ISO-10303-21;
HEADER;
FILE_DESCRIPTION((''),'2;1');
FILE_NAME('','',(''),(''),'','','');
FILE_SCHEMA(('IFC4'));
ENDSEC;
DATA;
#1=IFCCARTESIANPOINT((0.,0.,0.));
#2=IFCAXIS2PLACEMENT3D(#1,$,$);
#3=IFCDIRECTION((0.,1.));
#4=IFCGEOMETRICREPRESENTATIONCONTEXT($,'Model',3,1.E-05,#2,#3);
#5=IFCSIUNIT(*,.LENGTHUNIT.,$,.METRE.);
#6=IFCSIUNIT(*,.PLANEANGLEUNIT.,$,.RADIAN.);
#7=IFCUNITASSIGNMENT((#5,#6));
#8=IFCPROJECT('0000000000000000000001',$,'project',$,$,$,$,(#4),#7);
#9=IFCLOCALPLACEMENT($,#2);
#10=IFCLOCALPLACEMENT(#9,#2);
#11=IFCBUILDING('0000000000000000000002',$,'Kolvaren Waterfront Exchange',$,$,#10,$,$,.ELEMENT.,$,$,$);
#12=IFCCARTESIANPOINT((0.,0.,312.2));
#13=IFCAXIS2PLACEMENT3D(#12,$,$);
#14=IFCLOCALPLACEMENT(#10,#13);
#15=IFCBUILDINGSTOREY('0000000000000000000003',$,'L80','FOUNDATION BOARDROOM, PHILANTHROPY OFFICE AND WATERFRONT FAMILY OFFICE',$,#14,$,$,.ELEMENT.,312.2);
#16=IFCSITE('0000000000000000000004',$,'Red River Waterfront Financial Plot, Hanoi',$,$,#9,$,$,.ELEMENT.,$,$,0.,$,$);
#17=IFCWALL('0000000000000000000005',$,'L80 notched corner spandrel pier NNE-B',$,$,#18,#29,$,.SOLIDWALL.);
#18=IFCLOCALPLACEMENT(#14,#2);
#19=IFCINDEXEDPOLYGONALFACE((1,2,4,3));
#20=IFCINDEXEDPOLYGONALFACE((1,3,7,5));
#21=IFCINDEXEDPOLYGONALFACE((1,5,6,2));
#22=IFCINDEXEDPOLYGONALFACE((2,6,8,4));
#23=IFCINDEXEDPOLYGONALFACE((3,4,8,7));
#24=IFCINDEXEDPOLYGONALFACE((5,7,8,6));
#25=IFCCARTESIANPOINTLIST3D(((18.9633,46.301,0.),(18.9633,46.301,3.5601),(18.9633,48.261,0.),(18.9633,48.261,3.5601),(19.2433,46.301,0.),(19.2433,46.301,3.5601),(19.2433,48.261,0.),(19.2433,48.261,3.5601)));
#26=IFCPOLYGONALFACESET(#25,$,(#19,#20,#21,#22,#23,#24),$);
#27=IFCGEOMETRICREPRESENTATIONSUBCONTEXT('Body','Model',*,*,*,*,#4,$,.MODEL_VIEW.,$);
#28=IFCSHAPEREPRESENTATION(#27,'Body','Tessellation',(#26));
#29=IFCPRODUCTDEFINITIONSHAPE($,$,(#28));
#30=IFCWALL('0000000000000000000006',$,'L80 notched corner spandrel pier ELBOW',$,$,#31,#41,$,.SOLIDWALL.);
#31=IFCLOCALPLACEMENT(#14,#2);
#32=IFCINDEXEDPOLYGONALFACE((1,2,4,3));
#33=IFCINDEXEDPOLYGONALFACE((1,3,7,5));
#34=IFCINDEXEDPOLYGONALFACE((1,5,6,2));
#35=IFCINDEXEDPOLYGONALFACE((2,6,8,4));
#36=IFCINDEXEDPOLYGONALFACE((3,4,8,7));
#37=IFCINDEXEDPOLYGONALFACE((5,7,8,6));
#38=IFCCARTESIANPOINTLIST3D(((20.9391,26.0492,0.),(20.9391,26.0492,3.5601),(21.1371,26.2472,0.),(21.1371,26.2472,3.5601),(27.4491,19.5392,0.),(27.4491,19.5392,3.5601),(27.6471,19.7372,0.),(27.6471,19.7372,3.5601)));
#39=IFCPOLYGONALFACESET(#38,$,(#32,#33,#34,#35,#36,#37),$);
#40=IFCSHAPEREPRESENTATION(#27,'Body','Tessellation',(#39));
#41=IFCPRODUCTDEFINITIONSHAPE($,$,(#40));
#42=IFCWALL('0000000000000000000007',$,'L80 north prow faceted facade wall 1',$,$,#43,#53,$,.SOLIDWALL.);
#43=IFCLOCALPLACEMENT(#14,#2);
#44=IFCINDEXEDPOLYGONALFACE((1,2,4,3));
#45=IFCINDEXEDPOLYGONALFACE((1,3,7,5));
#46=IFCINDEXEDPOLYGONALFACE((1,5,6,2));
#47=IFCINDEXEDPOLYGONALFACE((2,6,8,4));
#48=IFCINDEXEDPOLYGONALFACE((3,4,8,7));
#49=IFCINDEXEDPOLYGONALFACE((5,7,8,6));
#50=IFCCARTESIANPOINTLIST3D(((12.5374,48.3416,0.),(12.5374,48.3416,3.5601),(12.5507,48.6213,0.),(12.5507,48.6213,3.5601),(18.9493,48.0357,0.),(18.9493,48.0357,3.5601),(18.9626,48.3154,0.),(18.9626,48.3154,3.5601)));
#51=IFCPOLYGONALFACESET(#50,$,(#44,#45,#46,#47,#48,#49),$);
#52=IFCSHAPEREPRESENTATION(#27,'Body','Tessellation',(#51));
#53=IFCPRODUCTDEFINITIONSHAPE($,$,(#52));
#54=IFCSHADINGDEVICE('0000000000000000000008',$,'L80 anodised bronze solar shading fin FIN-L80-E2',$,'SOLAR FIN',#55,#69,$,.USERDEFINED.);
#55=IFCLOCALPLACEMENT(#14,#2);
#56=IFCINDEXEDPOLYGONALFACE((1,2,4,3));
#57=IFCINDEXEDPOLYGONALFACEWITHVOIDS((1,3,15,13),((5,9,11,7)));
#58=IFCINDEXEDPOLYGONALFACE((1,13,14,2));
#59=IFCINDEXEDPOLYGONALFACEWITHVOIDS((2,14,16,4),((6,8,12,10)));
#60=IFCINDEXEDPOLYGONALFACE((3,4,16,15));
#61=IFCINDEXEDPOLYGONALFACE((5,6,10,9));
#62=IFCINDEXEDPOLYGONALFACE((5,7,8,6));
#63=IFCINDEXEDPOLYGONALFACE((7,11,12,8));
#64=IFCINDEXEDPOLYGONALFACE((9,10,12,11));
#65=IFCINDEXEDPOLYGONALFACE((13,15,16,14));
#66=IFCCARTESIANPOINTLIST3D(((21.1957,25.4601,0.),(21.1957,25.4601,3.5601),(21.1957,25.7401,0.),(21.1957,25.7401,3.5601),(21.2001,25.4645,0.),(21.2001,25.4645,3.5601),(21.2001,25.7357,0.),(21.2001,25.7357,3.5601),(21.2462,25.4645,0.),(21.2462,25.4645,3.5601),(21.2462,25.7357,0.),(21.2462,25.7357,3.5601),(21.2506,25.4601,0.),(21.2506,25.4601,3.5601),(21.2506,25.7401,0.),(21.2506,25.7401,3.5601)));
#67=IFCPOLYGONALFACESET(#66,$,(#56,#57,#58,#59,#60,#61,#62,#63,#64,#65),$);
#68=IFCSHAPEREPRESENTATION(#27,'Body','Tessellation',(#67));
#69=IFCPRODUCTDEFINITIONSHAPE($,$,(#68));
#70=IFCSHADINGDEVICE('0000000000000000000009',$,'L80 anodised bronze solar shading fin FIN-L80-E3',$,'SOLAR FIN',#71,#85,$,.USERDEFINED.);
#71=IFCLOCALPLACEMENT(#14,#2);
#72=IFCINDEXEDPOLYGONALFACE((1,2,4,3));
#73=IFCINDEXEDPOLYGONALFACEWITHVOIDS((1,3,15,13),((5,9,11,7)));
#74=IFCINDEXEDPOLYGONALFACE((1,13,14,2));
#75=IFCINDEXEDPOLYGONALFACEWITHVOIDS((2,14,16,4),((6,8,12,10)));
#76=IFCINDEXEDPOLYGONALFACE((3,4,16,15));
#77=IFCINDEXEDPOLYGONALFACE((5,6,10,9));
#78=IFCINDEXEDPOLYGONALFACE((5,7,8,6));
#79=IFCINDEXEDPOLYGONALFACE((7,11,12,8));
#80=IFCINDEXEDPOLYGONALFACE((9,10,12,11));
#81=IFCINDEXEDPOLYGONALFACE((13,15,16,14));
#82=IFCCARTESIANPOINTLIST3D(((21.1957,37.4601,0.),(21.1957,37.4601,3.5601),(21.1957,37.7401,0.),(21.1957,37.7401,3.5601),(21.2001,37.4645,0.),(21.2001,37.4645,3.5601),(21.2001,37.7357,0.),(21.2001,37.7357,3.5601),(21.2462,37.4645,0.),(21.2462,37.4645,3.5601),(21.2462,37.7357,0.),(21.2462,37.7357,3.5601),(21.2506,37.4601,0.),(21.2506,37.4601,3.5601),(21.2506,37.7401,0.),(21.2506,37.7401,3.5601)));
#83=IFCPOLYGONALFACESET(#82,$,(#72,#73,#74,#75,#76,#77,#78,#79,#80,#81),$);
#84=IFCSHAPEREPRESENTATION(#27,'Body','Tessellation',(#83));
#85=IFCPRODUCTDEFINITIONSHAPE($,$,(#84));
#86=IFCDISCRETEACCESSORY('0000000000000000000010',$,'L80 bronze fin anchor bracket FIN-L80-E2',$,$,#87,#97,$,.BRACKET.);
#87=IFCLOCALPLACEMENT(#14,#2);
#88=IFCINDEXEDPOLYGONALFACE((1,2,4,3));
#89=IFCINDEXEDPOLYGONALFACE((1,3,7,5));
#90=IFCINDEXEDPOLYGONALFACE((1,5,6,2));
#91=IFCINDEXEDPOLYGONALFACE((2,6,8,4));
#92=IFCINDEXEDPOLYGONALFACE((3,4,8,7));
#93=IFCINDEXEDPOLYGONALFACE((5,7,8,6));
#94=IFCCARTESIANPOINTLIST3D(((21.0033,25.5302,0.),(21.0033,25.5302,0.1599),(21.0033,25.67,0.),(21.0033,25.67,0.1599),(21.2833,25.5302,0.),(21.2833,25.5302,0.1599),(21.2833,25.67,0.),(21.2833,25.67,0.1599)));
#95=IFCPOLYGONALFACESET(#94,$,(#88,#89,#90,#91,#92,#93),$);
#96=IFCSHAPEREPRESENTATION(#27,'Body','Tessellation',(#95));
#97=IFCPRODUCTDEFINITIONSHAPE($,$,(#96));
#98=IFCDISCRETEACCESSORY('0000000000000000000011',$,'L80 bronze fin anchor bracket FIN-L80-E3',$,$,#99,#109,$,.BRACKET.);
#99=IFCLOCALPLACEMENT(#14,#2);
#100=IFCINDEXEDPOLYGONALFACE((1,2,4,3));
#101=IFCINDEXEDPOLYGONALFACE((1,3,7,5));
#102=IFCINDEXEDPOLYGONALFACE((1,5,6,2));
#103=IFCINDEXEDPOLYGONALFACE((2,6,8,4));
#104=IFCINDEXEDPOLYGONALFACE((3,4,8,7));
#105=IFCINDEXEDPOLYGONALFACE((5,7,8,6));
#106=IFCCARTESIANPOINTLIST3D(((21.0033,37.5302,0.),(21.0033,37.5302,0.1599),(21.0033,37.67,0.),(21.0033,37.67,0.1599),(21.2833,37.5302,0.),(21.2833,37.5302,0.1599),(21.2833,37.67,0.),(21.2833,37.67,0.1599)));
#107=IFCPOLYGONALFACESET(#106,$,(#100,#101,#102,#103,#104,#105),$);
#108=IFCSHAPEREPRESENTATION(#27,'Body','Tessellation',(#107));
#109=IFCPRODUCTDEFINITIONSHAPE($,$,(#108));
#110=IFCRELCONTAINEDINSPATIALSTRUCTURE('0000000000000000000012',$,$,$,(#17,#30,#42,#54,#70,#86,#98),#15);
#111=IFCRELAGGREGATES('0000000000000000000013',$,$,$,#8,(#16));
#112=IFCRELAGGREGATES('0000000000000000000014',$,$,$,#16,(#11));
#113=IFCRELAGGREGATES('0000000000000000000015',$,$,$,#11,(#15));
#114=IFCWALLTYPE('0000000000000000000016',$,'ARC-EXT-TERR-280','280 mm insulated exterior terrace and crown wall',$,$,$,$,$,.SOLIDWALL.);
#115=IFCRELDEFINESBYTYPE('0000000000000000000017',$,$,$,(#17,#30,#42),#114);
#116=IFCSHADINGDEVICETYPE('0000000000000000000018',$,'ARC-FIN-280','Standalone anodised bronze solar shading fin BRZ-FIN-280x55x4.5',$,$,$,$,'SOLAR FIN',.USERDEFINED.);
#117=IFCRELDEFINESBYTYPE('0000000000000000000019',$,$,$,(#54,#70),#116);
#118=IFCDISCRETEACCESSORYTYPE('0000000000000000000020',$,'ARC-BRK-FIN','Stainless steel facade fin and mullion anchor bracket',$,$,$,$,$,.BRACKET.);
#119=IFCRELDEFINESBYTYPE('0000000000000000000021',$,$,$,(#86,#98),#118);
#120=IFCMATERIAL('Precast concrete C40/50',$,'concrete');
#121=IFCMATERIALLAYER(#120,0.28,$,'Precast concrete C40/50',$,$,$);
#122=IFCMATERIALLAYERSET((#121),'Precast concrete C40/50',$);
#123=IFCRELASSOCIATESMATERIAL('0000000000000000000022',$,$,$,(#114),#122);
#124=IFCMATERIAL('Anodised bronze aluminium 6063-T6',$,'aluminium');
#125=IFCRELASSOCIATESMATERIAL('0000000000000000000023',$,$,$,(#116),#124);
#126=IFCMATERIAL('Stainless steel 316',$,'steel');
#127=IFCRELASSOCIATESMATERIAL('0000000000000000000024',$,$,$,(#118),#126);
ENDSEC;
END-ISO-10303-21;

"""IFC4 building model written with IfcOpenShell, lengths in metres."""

from ifc_helpers import new_model, si_unit, direction, frame, frame_2d, origin, origin_with_axes, origin_2d, place, context, subcontext, project, spatial, rectangle, hollow_rectangle, extrude, source, transform, mapped, material, layer, layer_set, material_profile, profile_set, type_object, element, save


model = new_model("IFC4")

# Units and contexts
model_context = context("Model", 3, precision=1e-05, world=origin(), true_north=direction((0.0, 1.0)))
body_context = subcontext(model_context, "Body", "Model", "MODEL_VIEW")
ifc_project = project(units=[si_unit("LENGTHUNIT", "METRE"), si_unit("PLANEANGLEUNIT", "RADIAN")], contexts=[model_context])

# Site, building, storey
site_placement = place(None, origin())
site = spatial("IfcSite", under=ifc_project, at=site_placement, Name="Red River Waterfront Financial Plot, Hanoi", CompositionType="ELEMENT", RefElevation=0.0)
building_placement = place(site_placement, origin())
building = spatial("IfcBuilding", under=site, at=building_placement, Name="Kolvaren Waterfront Exchange", CompositionType="ELEMENT")
storey_placement = place(building_placement, frame((0.0, 0.0, 312.2)))
storey = spatial("IfcBuildingStorey", under=building, at=storey_placement, Name="L80", Description="FOUNDATION BOARDROOM, PHILANTHROPY OFFICE AND WATERFRONT FAMILY OFFICE", CompositionType="ELEMENT", Elevation=312.2)

# Shared definitions
ifc_material_1 = material(Name="Anodised bronze aluminium 6063-T6", Category="aluminium")

# Walls
ifc_material_2 = material(Name="Precast concrete C40/50", Category="concrete")
ifc_layer_1 = layer(ifc_material_2, 0.28, Name="Precast concrete C40/50")
ifc_layer_set_1 = layer_set([ifc_layer_1], Name="Precast concrete C40/50")
wall_type = type_object("IfcWallType", Name="ARC-EXT-TERR-280", Description="280 mm insulated exterior terrace and crown wall", PredefinedType="SOLIDWALL", material=ifc_layer_set_1)
wall_1_placement = place(storey_placement, frame((19.1033, 46.301, 0.0), z_axis=(0.0, 0.0, 1.0), x_axis=(0.0, 1.0, 0.0)))
element("IfcWall", 1, at=wall_1_placement, inside=storey, type_object=wall_type, Name="L80 notched corner spandrel pier NNE-B", PredefinedType="SOLIDWALL", context=body_context, shape_type="SweptSolid", body=[
    extrude(rectangle(XDim=1.96, YDim=0.28, at=frame_2d((0.98, 0.0))), origin(), (0.0, 0.0, 1.0), 3.5601),
])
wall_2_placement = place(storey_placement, frame((27.5481, 19.6382, 0.0), z_axis=(0.0, 0.0, 1.0), x_axis=(-0.707107, 0.707107, 0.0)))
element("IfcWall", 2, at=wall_2_placement, inside=storey, type_object=wall_type, Name="L80 notched corner spandrel pier ELBOW", PredefinedType="SOLIDWALL", context=body_context, shape_type="SweptSolid", body=[
    extrude(rectangle(XDim=9.2065, YDim=0.28, at=frame_2d((4.6033, 0.0))), origin(), (0.0, 0.0, 1.0), 3.5601),
])
wall_3_placement = place(storey_placement, frame((18.9558, 48.1755, 0.0), z_axis=(0.0, 0.0, 1.0), x_axis=(-0.998864, 0.047655, 0.0)))
element("IfcWall", 3, at=wall_3_placement, inside=storey, type_object=wall_type, Name="L80 north prow faceted facade wall 1", PredefinedType="SOLIDWALL", context=body_context, shape_type="SweptSolid", body=[
    extrude(rectangle(XDim=6.4192, YDim=0.28, at=frame_2d((3.2095, 0.0))), origin(), (0.0, 0.0, 1.0), 3.5601),
])

# Shading devices
ifc_material_profile_1 = material_profile(ifc_material_1, hollow_rectangle(XDim=0.0549, YDim=0.28, WallThickness=0.0044, at=origin_2d()), Name="BRZ-FIN-280x55x4.5")
ifc_profile_set_1 = profile_set([ifc_material_profile_1], Name="Anodised bronze aluminium 6063-T6")
shading_device_type = type_object("IfcShadingDeviceType", Name="ARC-FIN-280", Description="Standalone anodised bronze solar shading fin BRZ-FIN-280x55x4.5", ElementType="SOLAR FIN", PredefinedType="USERDEFINED", material=ifc_profile_set_1)
for number, where, z_axis, x_axis, name in (
    (4, (21.2231, 25.6001, 0.0), (0.0, 0.0, 1.0), (1.0, 0.0, 0.0), "L80 anodised bronze solar shading fin FIN-L80-E2"),
    (5, (21.2231, 37.6001, 0.0), (0.0, 0.0, 1.0), (1.0, 0.0, 0.0), "L80 anodised bronze solar shading fin FIN-L80-E3"),
):
    element("IfcShadingDevice", number, at=place(storey_placement, frame(where, z_axis=z_axis, x_axis=x_axis)), inside=storey, type_object=shading_device_type, Name=name, ObjectType="SOLAR FIN", PredefinedType="USERDEFINED", context=body_context, shape_type="SweptSolid", body=[
        extrude(hollow_rectangle(XDim=0.0549, YDim=0.28, WallThickness=0.0044, at=origin_2d()), origin(), (0.0, 0.0, 1.0), 3.5601),
    ])

# Shared definitions
ifc_material_3 = material(Name="Stainless steel 316", Category="steel")

# Discrete accessories
discrete_accessory_type = type_object("IfcDiscreteAccessoryType", Name="ARC-BRK-FIN", Description="Stainless steel facade fin and mullion anchor bracket", PredefinedType="BRACKET", material=ifc_material_3)
shared_shape_1 = source(origin_with_axes(), body_context, "Body", "SweptSolid", [
    extrude(rectangle(XDim=0.28, YDim=0.1399, at=origin_2d()), origin(), (0.0, 0.0, 1.0), 0.1599),
])
for number, where, z_axis, x_axis, name in (
    (6, (21.1433, 25.6001, 0.0), (0.0, 0.0, 1.0), (1.0, 0.0, 0.0), "L80 bronze fin anchor bracket FIN-L80-E2"),
    (7, (21.1433, 37.6001, 0.0), (0.0, 0.0, 1.0), (1.0, 0.0, 0.0), "L80 bronze fin anchor bracket FIN-L80-E3"),
):
    element("IfcDiscreteAccessory", number, at=place(storey_placement, frame(where, z_axis=z_axis, x_axis=x_axis)), inside=storey, type_object=discrete_accessory_type, Name=name, PredefinedType="BRACKET", context=body_context, shape_type="MappedRepresentation", body=[
        mapped(shared_shape_1, transform((0.0, 0.0, 0.0), x_axis=(1.0, 0.0, 0.0), y_axis=(0.0, 1.0, 0.0), z_axis=(0.0, 0.0, 1.0), scale=1.0)),
    ])

save(model, "model.ifc")
